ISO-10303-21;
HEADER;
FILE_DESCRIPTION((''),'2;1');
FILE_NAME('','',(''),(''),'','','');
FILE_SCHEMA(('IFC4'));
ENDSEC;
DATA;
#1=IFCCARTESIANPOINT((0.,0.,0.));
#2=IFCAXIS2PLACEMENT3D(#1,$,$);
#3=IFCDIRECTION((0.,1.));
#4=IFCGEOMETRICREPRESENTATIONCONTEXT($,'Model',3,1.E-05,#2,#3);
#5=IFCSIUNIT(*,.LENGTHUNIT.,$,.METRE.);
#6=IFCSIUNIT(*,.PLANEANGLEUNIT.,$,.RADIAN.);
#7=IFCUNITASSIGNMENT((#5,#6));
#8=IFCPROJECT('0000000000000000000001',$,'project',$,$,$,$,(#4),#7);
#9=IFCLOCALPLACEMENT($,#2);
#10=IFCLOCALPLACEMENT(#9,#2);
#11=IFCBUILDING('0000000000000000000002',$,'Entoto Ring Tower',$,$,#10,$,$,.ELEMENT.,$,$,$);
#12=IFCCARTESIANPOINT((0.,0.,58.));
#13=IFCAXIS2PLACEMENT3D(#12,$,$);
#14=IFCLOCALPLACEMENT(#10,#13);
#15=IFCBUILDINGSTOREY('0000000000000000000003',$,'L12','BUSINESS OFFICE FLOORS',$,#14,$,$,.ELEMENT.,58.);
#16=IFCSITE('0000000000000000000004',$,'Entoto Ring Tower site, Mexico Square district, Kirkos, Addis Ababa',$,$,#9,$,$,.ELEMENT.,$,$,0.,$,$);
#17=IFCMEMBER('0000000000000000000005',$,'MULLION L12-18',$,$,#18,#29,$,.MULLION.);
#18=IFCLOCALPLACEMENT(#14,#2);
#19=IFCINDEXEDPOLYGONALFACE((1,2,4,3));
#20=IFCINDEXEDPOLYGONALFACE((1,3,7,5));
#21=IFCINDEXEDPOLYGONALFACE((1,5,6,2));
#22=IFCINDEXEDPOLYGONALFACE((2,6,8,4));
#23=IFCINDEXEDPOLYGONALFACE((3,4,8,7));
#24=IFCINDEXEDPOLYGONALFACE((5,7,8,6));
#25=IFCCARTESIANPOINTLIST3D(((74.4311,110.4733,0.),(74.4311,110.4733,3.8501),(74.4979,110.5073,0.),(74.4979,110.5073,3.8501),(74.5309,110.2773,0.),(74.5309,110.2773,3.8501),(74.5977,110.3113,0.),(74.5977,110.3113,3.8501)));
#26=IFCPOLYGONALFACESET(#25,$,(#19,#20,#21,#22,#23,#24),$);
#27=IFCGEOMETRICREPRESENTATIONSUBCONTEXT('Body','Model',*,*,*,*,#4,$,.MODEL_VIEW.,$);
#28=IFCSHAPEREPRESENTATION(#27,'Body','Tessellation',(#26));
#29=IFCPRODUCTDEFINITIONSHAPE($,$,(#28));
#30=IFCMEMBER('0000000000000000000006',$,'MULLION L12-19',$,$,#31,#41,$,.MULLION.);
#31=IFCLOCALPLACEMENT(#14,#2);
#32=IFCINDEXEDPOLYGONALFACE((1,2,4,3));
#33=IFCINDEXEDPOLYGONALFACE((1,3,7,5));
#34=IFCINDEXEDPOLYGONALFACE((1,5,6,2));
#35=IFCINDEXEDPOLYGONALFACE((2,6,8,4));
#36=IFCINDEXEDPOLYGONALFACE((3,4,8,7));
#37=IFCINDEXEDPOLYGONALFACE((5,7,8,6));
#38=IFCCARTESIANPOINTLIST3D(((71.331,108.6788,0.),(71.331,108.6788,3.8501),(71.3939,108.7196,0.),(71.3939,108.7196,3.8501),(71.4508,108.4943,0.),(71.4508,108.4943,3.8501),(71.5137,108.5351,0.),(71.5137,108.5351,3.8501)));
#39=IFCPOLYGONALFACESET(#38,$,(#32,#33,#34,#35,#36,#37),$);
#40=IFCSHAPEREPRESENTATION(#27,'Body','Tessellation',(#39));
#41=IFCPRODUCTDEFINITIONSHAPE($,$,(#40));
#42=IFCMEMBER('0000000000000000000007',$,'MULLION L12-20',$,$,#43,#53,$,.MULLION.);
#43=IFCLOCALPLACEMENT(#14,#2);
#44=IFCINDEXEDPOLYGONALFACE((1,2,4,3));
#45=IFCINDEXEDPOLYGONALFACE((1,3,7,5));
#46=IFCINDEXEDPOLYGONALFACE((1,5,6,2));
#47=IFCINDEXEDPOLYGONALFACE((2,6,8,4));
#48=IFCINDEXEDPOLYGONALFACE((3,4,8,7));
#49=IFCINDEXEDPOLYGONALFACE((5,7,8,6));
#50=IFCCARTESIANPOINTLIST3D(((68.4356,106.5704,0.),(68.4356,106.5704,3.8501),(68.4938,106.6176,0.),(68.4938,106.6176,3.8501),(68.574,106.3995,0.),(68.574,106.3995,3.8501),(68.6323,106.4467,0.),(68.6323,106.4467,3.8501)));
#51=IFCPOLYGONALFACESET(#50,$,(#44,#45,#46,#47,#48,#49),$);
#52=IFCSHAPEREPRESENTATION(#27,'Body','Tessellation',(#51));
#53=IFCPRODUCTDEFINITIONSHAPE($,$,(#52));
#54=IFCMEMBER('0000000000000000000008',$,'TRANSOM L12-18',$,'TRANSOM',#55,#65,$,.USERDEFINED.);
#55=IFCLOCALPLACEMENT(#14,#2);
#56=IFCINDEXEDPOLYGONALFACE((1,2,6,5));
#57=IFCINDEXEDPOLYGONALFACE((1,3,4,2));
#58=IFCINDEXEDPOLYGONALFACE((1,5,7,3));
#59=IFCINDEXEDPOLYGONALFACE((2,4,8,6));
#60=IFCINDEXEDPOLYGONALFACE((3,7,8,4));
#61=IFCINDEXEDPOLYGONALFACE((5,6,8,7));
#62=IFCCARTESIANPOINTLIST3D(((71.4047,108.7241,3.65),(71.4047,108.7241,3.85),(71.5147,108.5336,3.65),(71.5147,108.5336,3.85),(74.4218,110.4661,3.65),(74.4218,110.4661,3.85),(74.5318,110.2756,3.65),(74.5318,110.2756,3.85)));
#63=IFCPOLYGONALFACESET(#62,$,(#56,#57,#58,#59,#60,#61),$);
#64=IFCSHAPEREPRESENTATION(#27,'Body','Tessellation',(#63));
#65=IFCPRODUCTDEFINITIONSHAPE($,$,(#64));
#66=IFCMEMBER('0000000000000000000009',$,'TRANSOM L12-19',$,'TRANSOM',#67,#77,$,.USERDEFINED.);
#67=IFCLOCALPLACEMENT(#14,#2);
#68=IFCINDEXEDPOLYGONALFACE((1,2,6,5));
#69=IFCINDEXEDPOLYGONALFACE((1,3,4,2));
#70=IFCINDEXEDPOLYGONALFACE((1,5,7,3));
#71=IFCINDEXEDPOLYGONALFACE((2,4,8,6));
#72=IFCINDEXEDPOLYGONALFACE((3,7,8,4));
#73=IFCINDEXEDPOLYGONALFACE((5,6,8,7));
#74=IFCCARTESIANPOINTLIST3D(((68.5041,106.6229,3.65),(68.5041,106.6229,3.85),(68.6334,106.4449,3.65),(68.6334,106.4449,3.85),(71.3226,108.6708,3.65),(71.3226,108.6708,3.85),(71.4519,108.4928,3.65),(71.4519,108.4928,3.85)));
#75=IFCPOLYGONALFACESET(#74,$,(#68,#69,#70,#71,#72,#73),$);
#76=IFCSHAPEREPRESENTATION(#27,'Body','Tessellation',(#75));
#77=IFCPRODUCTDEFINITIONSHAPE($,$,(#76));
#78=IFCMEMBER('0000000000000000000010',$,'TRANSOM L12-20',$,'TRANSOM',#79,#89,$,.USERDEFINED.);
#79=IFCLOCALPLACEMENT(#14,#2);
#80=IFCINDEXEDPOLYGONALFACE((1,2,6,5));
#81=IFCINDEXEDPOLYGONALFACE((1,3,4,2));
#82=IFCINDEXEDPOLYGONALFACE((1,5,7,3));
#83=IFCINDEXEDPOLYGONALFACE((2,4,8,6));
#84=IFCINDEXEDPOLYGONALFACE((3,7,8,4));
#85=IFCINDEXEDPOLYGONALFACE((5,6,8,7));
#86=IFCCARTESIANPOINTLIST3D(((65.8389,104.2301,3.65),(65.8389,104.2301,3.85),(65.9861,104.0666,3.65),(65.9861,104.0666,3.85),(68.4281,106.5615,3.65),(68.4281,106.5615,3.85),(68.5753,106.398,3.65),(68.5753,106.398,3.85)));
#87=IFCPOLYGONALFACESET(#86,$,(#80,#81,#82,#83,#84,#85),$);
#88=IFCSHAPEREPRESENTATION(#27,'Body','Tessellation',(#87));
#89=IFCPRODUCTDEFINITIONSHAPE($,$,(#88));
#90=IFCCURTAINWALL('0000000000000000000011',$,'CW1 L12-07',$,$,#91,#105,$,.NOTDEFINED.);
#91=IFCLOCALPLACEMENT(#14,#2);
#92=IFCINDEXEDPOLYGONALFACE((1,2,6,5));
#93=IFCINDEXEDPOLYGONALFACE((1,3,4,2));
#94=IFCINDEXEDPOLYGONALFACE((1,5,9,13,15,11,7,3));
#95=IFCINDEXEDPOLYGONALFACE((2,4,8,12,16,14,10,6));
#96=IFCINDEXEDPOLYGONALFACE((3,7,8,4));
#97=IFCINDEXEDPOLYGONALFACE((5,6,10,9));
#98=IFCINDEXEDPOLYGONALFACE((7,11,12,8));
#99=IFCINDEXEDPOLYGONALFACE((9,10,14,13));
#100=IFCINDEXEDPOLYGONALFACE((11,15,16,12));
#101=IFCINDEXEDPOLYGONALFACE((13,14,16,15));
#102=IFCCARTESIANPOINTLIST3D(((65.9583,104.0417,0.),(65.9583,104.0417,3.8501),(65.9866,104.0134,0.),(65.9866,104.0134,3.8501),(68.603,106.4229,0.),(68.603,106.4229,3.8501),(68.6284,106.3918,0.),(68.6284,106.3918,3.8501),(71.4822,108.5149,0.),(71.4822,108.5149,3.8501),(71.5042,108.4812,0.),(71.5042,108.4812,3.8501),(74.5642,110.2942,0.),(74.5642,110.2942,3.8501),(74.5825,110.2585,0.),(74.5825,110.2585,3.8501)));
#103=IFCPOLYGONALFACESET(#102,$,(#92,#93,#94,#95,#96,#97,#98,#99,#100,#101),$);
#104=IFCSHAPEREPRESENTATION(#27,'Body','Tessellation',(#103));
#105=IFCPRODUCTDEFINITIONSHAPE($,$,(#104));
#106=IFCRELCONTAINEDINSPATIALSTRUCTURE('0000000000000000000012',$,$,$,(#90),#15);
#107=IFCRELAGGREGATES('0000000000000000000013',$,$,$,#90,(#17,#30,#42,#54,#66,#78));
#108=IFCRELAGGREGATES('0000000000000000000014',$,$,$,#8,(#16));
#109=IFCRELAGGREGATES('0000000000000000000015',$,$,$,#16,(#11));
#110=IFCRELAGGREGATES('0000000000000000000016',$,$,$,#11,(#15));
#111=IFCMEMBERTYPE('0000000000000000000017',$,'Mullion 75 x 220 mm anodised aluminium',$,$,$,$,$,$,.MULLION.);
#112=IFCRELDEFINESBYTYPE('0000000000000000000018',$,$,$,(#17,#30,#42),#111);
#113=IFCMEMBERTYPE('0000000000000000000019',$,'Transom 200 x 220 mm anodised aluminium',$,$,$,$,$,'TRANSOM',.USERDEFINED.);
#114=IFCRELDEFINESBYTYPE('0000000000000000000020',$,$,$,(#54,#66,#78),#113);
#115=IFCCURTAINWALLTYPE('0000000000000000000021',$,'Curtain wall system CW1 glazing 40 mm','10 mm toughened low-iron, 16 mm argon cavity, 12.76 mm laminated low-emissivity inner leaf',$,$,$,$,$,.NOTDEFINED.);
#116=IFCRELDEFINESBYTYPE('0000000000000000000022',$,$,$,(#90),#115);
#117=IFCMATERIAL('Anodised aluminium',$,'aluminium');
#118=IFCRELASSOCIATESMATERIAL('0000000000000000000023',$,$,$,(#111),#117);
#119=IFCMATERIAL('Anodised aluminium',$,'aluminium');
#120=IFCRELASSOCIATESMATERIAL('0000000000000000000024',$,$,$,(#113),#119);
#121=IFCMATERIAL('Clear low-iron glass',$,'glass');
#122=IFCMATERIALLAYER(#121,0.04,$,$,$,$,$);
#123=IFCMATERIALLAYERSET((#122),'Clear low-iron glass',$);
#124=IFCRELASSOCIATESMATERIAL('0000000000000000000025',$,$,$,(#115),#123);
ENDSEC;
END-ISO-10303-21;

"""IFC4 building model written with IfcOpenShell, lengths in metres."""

from ifc_helpers import new_model, si_unit, direction, frame, origin, origin_2d, place, context, subcontext, project, spatial, polyline, rectangle, outline, extrude, material, layer, layer_set, material_profile, profile_set, type_object, element, aggregate, save


model = new_model("IFC4")

# Units and contexts
model_context = context("Model", 3, precision=1e-05, world=origin(), true_north=direction((0.0, 1.0)))
body_context = subcontext(model_context, "Body", "Model", "MODEL_VIEW")
ifc_project = project(units=[si_unit("LENGTHUNIT", "METRE"), si_unit("PLANEANGLEUNIT", "RADIAN")], contexts=[model_context])

# Members
ifc_material_1 = material(Name="Anodised aluminium", Category="aluminium")
ifc_material_profile_1 = material_profile(ifc_material_1, rectangle(XDim=0.075, YDim=0.22, at=origin_2d()), Name="Mullion 75 x 220 mm anodised aluminium")
ifc_profile_set_1 = profile_set([ifc_material_profile_1], Name="Anodised aluminium")
member_type_1 = type_object("IfcMemberType", Name="Mullion 75 x 220 mm anodised aluminium", PredefinedType="MULLION", material=ifc_profile_set_1)
site_placement = place(None, origin())
building_placement = place(site_placement, origin())
storey_placement = place(building_placement, frame((0.0, 0.0, 58.0)))
member_1_placement = place(storey_placement, frame((74.5144, 110.3923, 0.0), z_axis=(0.0, 0.0, 1.0), x_axis=(-0.891007, -0.45399, 0.0)))
member_1 = element("IfcMember", 1, at=member_1_placement, type_object=member_type_1, Name="MULLION L12-18", PredefinedType="MULLION", context=body_context, shape_type="SweptSolid", body=[
    extrude(rectangle(XDim=0.075, YDim=0.22, at=origin_2d()), origin(), (0.0, 0.0, 1.0), 3.8501),
])
member_2_placement = place(storey_placement, frame((71.4224, 108.6069, 0.0), z_axis=(0.0, 0.0, 1.0), x_axis=(-0.838671, -0.544639, 0.0)))
member_2 = element("IfcMember", 2, at=member_2_placement, type_object=member_type_1, Name="MULLION L12-19", PredefinedType="MULLION", context=body_context, shape_type="SweptSolid", body=[
    extrude(rectangle(XDim=0.075, YDim=0.22, at=origin_2d()), origin(), (0.0, 0.0, 1.0), 3.8501),
])
member_3_placement = place(storey_placement, frame((68.5339, 106.5085, 0.0), z_axis=(0.0, 0.0, 1.0), x_axis=(-0.777146, -0.62932, 0.0)))
member_3 = element("IfcMember", 3, at=member_3_placement, type_object=member_type_1, Name="MULLION L12-20", PredefinedType="MULLION", context=body_context, shape_type="SweptSolid", body=[
    extrude(rectangle(XDim=0.075, YDim=0.22, at=origin_2d()), origin(), (0.0, 0.0, 1.0), 3.8501),
])
ifc_material_2 = material(Name="Anodised aluminium", Category="aluminium")
ifc_material_profile_2 = material_profile(ifc_material_2, rectangle(XDim=0.22, YDim=0.2, at=origin_2d()), Name="Transom 200 x 220 mm anodised aluminium")
ifc_profile_set_2 = profile_set([ifc_material_profile_2], Name="Anodised aluminium")
member_type_2 = type_object("IfcMemberType", Name="Transom 200 x 220 mm anodised aluminium", ElementType="TRANSOM", PredefinedType="USERDEFINED", material=ifc_profile_set_2)
member_4_placement = place(storey_placement, frame((74.4768, 110.3708, 3.75), z_axis=(-0.866022, -0.500006, 0.0), x_axis=(0.500006, -0.866022, 0.0)))
member_4 = element("IfcMember", 4, at=member_4_placement, type_object=member_type_2, Name="TRANSOM L12-18", ObjectType="TRANSOM", PredefinedType="USERDEFINED", context=body_context, shape_type="SweptSolid", body=[
    extrude(rectangle(XDim=0.22, YDim=0.2, at=origin_2d()), origin(), (0.0, 0.0, 1.0), 3.4839),
])
member_5_placement = place(storey_placement, frame((71.3872, 108.5818, 3.75), z_axis=(-0.808991, -0.587822, 0.0), x_axis=(0.587822, -0.808991, 0.0)))
member_5 = element("IfcMember", 5, at=member_5_placement, type_object=member_type_2, Name="TRANSOM L12-19", ObjectType="TRANSOM", PredefinedType="USERDEFINED", context=body_context, shape_type="SweptSolid", body=[
    extrude(rectangle(XDim=0.22, YDim=0.2, at=origin_2d()), origin(), (0.0, 0.0, 1.0), 3.4839),
])
member_6_placement = place(storey_placement, frame((68.5017, 106.4797, 3.75), z_axis=(-0.743137, -0.669139, 0.0), x_axis=(0.669139, -0.743137, 0.0)))
member_6 = element("IfcMember", 6, at=member_6_placement, type_object=member_type_2, Name="TRANSOM L12-20", ObjectType="TRANSOM", PredefinedType="USERDEFINED", context=body_context, shape_type="SweptSolid", body=[
    extrude(rectangle(XDim=0.22, YDim=0.2, at=origin_2d()), origin(), (0.0, 0.0, 1.0), 3.4841),
])

# Site, building, storey
site = spatial("IfcSite", under=ifc_project, at=site_placement, Name="Entoto Ring Tower site, Mexico Square district, Kirkos, Addis Ababa", CompositionType="ELEMENT", RefElevation=0.0)
building = spatial("IfcBuilding", under=site, at=building_placement, Name="Entoto Ring Tower", CompositionType="ELEMENT")
storey = spatial("IfcBuildingStorey", under=building, at=storey_placement, Name="L12", Description="BUSINESS OFFICE FLOORS", CompositionType="ELEMENT", Elevation=58.0)

# Curtain wall
ifc_material_3 = material(Name="Clear low-iron glass", Category="glass")
ifc_layer = layer(ifc_material_3, 0.04)
ifc_layer_set = layer_set([ifc_layer], Name="Clear low-iron glass")
curtain_wall_type = type_object("IfcCurtainWallType", Name="Curtain wall system CW1 glazing 40 mm", Description="10 mm toughened low-iron, 16 mm argon cavity, 12.76 mm laminated low-emissivity inner leaf", PredefinedType="NOTDEFINED", material=ifc_layer_set)
curtain_wall_1_placement = place(storey_placement, origin())
curtain_wall_1 = element("IfcCurtainWall", 7, at=curtain_wall_1_placement, inside=storey, type_object=curtain_wall_type, Name="CW1 L12-07", PredefinedType="NOTDEFINED", context=body_context, shape_type="SweptSolid", body=[
    extrude(outline(polyline([(74.5642, 110.2942), (71.4822, 108.5149), (68.603, 106.4229), (65.9583, 104.0417), (65.9866, 104.0134), (68.6284, 106.3918), (71.5042, 108.4812), (74.5825, 110.2585), (74.5642, 110.2942)])), origin(), (0.0, 0.0, 1.0), 3.8501),
])
aggregate(curtain_wall_1, [member_1, member_2, member_3, member_4, member_5, member_6])

save(model, "model.ifc")
